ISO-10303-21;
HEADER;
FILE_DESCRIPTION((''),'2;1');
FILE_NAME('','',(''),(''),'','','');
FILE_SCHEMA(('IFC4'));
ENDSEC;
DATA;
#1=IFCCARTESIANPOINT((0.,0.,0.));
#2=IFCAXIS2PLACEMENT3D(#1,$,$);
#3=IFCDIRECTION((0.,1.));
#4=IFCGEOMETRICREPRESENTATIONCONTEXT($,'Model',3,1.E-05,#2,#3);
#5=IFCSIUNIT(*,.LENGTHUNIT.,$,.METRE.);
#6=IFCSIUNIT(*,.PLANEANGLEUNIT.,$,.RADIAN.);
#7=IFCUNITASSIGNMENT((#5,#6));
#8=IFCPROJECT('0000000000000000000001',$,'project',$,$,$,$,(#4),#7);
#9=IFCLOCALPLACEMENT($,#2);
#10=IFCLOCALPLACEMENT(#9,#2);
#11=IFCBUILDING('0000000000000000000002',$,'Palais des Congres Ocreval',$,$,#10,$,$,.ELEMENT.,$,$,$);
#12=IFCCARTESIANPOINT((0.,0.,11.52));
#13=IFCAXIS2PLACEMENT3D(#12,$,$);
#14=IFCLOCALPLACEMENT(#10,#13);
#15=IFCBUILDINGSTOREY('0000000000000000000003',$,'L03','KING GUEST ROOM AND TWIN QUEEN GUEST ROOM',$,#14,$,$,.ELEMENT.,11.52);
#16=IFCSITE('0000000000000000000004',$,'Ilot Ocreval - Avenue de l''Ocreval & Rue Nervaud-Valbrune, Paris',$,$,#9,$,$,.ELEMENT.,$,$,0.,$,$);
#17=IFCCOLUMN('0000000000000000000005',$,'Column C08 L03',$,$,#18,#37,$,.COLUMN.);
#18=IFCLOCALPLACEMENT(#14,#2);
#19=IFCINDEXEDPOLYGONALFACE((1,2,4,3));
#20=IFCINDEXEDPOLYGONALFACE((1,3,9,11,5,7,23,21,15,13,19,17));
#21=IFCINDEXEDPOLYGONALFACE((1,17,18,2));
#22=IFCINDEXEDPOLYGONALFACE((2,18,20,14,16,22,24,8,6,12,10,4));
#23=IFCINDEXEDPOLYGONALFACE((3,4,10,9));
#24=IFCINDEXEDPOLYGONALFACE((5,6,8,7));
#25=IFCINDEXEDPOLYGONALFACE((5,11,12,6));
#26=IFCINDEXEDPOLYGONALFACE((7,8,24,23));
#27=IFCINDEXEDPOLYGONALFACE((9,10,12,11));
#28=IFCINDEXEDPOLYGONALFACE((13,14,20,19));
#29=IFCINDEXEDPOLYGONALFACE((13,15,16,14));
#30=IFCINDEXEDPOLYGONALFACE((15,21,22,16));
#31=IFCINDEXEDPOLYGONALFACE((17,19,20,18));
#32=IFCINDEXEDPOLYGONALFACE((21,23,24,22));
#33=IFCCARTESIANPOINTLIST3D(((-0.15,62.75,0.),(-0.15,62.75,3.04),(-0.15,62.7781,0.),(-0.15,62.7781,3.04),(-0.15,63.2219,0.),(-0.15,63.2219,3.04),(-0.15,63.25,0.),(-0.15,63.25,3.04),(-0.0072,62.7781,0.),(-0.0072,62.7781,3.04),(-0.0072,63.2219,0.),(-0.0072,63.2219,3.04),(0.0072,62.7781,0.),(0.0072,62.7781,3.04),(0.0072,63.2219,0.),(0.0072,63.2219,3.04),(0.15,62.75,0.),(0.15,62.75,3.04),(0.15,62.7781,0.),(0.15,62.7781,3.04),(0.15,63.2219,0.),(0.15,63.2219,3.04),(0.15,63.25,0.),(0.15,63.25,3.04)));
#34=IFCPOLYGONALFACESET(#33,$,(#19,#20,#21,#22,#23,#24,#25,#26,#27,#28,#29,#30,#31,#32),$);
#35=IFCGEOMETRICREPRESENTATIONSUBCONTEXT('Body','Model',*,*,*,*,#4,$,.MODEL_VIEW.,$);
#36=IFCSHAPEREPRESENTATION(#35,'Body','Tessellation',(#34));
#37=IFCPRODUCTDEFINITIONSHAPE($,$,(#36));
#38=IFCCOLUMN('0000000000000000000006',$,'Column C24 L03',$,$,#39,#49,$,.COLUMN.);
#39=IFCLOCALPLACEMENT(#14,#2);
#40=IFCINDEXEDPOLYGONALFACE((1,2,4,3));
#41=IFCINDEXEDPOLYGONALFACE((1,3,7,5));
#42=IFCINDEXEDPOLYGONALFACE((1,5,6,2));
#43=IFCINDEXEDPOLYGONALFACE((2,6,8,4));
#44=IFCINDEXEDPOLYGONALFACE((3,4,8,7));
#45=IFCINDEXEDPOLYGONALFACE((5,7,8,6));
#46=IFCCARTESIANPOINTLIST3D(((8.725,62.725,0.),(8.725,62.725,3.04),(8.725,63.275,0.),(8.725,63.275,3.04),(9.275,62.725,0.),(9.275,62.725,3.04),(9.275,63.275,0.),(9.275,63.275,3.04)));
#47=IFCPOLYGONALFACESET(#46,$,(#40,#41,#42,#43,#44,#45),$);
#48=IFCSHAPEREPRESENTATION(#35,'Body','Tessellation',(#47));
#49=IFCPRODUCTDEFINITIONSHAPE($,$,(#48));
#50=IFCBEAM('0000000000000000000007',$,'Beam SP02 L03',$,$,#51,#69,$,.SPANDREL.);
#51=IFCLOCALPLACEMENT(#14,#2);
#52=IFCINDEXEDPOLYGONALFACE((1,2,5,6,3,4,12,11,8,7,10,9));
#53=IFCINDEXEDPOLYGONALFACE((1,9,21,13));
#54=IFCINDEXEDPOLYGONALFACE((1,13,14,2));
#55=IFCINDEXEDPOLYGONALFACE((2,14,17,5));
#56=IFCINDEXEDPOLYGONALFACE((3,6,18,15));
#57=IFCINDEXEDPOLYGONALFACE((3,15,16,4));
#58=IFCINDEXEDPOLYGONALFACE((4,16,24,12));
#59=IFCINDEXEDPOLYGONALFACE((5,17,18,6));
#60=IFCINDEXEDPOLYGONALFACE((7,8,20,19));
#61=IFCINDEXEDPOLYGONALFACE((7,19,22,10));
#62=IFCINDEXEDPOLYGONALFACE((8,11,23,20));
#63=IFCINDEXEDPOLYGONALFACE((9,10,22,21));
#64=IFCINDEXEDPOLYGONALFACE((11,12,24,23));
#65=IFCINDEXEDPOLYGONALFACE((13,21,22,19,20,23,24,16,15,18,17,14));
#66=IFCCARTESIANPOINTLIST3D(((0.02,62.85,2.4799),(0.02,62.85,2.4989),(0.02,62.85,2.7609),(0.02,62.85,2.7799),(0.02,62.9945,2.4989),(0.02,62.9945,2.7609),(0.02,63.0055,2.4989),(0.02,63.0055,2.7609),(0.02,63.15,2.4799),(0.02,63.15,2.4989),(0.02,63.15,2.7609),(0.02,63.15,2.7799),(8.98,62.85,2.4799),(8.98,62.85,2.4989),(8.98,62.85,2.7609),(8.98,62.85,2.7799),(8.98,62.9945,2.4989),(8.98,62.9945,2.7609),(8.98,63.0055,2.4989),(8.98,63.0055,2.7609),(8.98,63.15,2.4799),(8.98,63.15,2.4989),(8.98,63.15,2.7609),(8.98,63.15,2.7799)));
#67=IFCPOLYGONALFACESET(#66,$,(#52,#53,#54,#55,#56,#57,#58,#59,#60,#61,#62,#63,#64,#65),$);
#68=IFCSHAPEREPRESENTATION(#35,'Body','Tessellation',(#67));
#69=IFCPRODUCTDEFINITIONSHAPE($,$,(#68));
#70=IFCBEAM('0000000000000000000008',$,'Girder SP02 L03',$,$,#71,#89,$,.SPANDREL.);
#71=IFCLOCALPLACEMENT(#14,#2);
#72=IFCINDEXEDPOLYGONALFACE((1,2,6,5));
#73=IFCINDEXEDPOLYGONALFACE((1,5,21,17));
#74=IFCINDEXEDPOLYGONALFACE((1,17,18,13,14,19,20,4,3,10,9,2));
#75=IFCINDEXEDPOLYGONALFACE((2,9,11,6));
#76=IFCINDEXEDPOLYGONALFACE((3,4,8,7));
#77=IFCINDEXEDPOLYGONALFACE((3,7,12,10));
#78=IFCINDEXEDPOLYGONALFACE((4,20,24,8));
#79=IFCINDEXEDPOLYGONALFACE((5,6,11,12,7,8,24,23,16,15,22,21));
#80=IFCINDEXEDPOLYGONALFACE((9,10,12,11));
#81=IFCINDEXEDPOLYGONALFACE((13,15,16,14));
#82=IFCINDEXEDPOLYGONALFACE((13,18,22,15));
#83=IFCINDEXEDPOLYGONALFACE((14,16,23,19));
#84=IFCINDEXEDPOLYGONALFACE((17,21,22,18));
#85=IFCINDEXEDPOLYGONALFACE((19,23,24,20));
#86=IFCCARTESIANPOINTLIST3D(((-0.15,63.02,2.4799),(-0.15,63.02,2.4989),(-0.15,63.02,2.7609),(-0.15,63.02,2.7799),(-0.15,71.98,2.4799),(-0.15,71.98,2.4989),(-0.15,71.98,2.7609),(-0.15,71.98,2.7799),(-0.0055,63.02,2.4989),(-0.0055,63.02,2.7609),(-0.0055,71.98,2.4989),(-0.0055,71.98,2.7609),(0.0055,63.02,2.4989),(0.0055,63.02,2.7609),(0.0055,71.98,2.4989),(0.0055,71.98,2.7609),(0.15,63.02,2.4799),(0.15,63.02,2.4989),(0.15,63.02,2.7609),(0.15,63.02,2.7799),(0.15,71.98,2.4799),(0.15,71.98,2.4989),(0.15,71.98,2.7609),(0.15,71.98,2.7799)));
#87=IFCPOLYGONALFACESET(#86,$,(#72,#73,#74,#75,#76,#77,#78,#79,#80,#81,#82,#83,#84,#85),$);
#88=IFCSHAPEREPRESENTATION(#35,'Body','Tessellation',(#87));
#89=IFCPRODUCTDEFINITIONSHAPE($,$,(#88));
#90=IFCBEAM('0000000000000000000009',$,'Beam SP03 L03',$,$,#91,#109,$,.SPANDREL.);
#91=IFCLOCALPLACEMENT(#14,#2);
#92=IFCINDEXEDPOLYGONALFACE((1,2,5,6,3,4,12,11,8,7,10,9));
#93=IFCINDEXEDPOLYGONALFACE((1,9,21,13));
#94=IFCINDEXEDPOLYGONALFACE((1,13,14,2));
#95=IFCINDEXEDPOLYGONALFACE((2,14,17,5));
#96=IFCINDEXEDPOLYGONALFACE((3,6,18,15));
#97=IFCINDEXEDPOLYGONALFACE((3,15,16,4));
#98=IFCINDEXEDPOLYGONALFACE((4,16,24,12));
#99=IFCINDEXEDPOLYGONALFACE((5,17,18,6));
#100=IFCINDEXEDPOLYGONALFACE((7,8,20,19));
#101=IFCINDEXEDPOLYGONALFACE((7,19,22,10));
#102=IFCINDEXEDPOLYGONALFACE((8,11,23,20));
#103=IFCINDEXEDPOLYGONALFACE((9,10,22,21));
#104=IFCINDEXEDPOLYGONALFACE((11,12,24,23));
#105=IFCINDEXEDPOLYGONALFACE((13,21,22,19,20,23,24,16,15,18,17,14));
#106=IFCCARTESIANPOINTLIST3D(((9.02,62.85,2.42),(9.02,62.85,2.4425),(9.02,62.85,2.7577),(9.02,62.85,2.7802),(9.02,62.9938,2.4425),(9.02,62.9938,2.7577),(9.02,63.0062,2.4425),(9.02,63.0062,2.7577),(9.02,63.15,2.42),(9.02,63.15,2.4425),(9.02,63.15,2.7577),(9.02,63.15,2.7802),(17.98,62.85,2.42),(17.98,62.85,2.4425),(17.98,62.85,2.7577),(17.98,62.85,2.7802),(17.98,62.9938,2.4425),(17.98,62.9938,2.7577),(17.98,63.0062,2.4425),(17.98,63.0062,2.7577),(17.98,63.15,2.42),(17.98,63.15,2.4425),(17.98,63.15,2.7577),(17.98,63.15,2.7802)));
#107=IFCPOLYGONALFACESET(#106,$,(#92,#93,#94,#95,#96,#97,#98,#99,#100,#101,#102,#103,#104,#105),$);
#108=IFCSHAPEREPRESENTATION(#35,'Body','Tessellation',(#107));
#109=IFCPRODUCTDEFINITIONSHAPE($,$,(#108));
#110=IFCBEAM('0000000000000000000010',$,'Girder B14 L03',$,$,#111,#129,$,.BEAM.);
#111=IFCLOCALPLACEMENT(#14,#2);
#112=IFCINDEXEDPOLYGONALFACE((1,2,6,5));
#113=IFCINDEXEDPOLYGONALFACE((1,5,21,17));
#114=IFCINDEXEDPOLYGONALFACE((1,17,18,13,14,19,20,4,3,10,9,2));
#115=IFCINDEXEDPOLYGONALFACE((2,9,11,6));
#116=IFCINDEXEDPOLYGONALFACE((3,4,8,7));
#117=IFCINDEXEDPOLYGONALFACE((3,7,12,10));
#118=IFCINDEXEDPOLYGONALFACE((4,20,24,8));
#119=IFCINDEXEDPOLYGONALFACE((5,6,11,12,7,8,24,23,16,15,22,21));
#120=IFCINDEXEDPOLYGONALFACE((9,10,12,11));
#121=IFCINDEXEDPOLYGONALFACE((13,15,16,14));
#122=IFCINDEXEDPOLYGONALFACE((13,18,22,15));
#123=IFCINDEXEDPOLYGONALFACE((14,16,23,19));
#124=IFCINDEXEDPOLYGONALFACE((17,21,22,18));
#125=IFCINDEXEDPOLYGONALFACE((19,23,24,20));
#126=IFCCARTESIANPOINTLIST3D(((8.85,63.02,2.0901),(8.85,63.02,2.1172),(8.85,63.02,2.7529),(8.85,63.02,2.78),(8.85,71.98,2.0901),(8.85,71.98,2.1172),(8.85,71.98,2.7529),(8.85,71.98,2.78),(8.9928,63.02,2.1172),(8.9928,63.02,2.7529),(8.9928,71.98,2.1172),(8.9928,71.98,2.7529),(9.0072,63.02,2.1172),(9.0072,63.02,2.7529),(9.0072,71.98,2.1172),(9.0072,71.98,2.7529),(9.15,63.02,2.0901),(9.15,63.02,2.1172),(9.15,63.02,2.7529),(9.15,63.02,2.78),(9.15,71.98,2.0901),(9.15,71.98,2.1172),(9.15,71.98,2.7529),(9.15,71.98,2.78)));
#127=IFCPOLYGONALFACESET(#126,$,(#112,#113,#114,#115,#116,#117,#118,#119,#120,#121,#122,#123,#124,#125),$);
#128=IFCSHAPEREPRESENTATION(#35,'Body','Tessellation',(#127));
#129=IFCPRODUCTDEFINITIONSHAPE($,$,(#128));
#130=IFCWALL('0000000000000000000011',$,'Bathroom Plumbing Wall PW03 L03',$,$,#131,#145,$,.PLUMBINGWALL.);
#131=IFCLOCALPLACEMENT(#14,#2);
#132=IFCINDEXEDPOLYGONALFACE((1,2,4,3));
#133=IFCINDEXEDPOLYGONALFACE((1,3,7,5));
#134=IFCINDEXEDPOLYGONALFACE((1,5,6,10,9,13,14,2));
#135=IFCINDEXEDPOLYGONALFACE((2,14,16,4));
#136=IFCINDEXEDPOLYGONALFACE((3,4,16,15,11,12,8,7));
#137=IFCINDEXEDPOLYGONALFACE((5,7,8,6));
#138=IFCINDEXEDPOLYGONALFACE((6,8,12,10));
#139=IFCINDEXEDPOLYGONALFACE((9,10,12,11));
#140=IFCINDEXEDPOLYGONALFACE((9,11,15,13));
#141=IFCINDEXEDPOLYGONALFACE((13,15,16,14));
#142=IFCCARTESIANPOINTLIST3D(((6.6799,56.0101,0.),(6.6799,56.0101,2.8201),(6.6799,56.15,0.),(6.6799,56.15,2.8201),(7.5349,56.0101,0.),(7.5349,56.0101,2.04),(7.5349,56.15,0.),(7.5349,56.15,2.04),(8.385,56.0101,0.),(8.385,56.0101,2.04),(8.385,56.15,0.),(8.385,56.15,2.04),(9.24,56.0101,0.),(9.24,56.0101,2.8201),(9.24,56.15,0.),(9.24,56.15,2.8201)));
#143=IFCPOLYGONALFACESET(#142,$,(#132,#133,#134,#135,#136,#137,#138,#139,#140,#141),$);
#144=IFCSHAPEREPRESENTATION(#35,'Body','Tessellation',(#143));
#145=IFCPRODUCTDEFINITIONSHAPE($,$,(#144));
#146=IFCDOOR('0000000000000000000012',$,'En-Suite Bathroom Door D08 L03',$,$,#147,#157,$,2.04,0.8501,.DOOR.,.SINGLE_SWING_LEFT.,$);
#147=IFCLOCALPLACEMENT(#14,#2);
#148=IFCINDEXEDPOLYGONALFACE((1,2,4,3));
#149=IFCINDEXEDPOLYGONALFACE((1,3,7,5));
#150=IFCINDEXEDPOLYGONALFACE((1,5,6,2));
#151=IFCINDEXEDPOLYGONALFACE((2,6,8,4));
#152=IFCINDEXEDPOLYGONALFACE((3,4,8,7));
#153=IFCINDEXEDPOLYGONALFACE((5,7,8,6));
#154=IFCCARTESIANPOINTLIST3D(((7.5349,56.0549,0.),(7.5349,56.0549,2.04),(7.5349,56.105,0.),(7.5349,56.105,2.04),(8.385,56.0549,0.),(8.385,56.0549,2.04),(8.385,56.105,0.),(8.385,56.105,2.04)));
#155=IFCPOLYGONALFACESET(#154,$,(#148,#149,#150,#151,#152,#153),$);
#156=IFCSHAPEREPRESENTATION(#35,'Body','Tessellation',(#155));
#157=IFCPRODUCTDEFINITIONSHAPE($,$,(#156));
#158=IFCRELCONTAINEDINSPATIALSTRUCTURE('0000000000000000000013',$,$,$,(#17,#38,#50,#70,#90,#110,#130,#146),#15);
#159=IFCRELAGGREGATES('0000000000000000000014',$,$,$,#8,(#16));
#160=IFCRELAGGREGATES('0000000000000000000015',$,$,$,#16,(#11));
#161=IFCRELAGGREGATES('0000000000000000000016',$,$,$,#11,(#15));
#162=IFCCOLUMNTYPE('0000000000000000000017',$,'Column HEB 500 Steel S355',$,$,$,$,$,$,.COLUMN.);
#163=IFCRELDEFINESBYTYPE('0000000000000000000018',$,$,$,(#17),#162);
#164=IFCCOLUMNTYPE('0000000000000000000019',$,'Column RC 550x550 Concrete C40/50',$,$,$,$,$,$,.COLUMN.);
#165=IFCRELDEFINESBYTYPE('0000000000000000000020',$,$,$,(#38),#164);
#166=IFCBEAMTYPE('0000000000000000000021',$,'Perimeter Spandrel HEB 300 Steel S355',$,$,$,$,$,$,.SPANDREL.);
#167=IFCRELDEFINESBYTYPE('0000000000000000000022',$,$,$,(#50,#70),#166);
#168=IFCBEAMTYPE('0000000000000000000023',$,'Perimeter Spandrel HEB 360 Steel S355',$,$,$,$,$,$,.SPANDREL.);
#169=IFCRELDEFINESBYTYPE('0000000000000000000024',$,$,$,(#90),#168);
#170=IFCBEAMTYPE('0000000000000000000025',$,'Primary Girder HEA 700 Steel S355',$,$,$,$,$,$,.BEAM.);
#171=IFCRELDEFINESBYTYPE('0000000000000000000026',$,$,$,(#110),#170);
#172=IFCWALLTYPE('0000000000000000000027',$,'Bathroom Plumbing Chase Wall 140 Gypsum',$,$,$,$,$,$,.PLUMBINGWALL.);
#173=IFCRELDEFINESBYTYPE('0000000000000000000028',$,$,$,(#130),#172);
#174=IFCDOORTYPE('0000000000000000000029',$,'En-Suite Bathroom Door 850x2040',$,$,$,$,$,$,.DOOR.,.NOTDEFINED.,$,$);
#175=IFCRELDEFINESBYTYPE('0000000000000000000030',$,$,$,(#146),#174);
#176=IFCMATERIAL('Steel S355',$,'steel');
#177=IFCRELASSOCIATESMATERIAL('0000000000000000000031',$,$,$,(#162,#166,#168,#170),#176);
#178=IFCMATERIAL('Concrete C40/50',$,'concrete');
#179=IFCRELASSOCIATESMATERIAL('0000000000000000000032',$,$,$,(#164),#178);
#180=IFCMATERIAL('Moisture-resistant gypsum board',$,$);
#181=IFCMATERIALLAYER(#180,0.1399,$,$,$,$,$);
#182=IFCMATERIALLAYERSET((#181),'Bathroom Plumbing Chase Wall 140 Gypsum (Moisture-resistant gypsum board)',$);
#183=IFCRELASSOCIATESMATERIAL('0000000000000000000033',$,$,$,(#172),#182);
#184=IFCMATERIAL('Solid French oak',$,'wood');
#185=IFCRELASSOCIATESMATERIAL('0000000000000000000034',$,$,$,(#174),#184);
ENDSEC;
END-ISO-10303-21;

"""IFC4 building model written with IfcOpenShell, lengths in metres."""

from ifc_helpers import new_model, si_unit, direction, frame, frame_2d, origin, origin_2d, place, context, subcontext, project, spatial, rectangle, i_section, extrude, material, layer, layer_set, material_profile, profile_set, type_object, element, fill, save


model = new_model("IFC4")

# Units and contexts
model_context = context("Model", 3, precision=1e-05, world=origin(), true_north=direction((0.0, 1.0)))
body_context = subcontext(model_context, "Body", "Model", "MODEL_VIEW")
ifc_project = project(units=[si_unit("LENGTHUNIT", "METRE"), si_unit("PLANEANGLEUNIT", "RADIAN")], contexts=[model_context])

# Site, building, storey
site_placement = place(None, origin())
site = spatial("IfcSite", under=ifc_project, at=site_placement, Name="Ilot Ocreval - Avenue de l'Ocreval & Rue Nervaud-Valbrune, Paris", CompositionType="ELEMENT", RefElevation=0.0)
building_placement = place(site_placement, origin())
building = spatial("IfcBuilding", under=site, at=building_placement, Name="Palais des Congres Ocreval", CompositionType="ELEMENT")
storey_placement = place(building_placement, frame((0.0, 0.0, 11.52)))
storey = spatial("IfcBuildingStorey", under=building, at=storey_placement, Name="L03", Description="KING GUEST ROOM AND TWIN QUEEN GUEST ROOM", CompositionType="ELEMENT", Elevation=11.52)

# Columns
ifc_material_1 = material(Name="Steel S355", Category="steel")
ifc_material_profile_1 = material_profile(ifc_material_1, i_section(OverallWidth=0.3, OverallDepth=0.5, WebThickness=0.0144, FlangeThickness=0.0281, at=origin_2d()), Name="HEB 500")
ifc_profile_set_1 = profile_set([ifc_material_profile_1], Name="Steel S355")
column_type_1 = type_object("IfcColumnType", Name="Column HEB 500 Steel S355", PredefinedType="COLUMN", material=ifc_profile_set_1)
column_1_placement = place(storey_placement, frame((0.0, 63.0, 0.0), z_axis=(0.0, 0.0, 1.0), x_axis=(1.0, 0.0, 0.0)))
element("IfcColumn", 1, at=column_1_placement, inside=storey, type_object=column_type_1, Name="Column C08 L03", PredefinedType="COLUMN", context=body_context, shape_type="SweptSolid", body=[
    extrude(i_section(OverallWidth=0.3, OverallDepth=0.5, WebThickness=0.0144, FlangeThickness=0.0281, at=origin_2d()), origin(), (0.0, 0.0, 1.0), 3.04),
])
ifc_material_2 = material(Name="Concrete C40/50", Category="concrete")
ifc_material_profile_2 = material_profile(ifc_material_2, rectangle(XDim=0.55, YDim=0.55, at=origin_2d()), Name="RC 550x550")
ifc_profile_set_2 = profile_set([ifc_material_profile_2], Name="Concrete C40/50")
column_type_2 = type_object("IfcColumnType", Name="Column RC 550x550 Concrete C40/50", PredefinedType="COLUMN", material=ifc_profile_set_2)
column_2_placement = place(storey_placement, frame((9.0, 63.0, 0.0), z_axis=(0.0, 0.0, 1.0), x_axis=(1.0, 0.0, 0.0)))
element("IfcColumn", 2, at=column_2_placement, inside=storey, type_object=column_type_2, Name="Column C24 L03", PredefinedType="COLUMN", context=body_context, shape_type="SweptSolid", body=[
    extrude(rectangle(XDim=0.55, YDim=0.55, at=origin_2d()), origin(), (0.0, 0.0, 1.0), 3.04),
])

# Beams
ifc_material_profile_3 = material_profile(ifc_material_1, i_section(OverallWidth=0.3, OverallDepth=0.3, WebThickness=0.011, FlangeThickness=0.019, at=origin_2d()), Name="HEB 300")
ifc_profile_set_3 = profile_set([ifc_material_profile_3], Name="Steel S355")
beam_type_1 = type_object("IfcBeamType", Name="Perimeter Spandrel HEB 300 Steel S355", PredefinedType="SPANDREL", material=ifc_profile_set_3)
for number, where, z_axis, x_axis, name in (
    (3, (0.02, 63.0, 2.6299), (1.0, 0.0, 0.0), (0.0, 1.0, 0.0), "Beam SP02 L03"),
    (4, (0.0, 63.02, 2.6299), (0.0, 1.0, 0.0), (-1.0, 0.0, 0.0), "Girder SP02 L03"),
):
    element("IfcBeam", number, at=place(storey_placement, frame(where, z_axis=z_axis, x_axis=x_axis)), inside=storey, type_object=beam_type_1, Name=name, PredefinedType="SPANDREL", context=body_context, shape_type="SweptSolid", body=[
        extrude(i_section(OverallWidth=0.3, OverallDepth=0.3, WebThickness=0.011, FlangeThickness=0.019, at=origin_2d()), origin(), (0.0, 0.0, 1.0), 8.96),
    ])
ifc_material_profile_4 = material_profile(ifc_material_1, i_section(OverallWidth=0.3, OverallDepth=0.3601, WebThickness=0.0125, FlangeThickness=0.0225, at=origin_2d()), Name="HEB 360")
ifc_profile_set_4 = profile_set([ifc_material_profile_4], Name="Steel S355")
beam_type_2 = type_object("IfcBeamType", Name="Perimeter Spandrel HEB 360 Steel S355", PredefinedType="SPANDREL", material=ifc_profile_set_4)
beam_1_placement = place(storey_placement, frame((9.02, 63.0, 2.6001), z_axis=(1.0, 0.0, 0.0), x_axis=(0.0, 1.0, 0.0)))
element("IfcBeam", 5, at=beam_1_placement, inside=storey, type_object=beam_type_2, Name="Beam SP03 L03", PredefinedType="SPANDREL", context=body_context, shape_type="SweptSolid", body=[
    extrude(i_section(OverallWidth=0.3, OverallDepth=0.3601, WebThickness=0.0125, FlangeThickness=0.0225, at=origin_2d()), origin(), (0.0, 0.0, 1.0), 8.96),
])
ifc_material_profile_5 = material_profile(ifc_material_1, i_section(OverallWidth=0.3, OverallDepth=0.6899, WebThickness=0.0144, FlangeThickness=0.0271, at=origin_2d()), Name="HEA 700")
ifc_profile_set_5 = profile_set([ifc_material_profile_5], Name="Steel S355")
beam_type_3 = type_object("IfcBeamType", Name="Primary Girder HEA 700 Steel S355", PredefinedType="BEAM", material=ifc_profile_set_5)
beam_2_placement = place(storey_placement, frame((9.0, 63.02, 2.4351), z_axis=(0.0, 1.0, 0.0), x_axis=(-1.0, 0.0, 0.0)))
element("IfcBeam", 6, at=beam_2_placement, inside=storey, type_object=beam_type_3, Name="Girder B14 L03", PredefinedType="BEAM", context=body_context, shape_type="SweptSolid", body=[
    extrude(i_section(OverallWidth=0.3, OverallDepth=0.6899, WebThickness=0.0144, FlangeThickness=0.0271, at=origin_2d()), origin(), (0.0, 0.0, 1.0), 8.96),
])

# Wall, opening, door
ifc_material_3 = material(Name="Moisture-resistant gypsum board")
ifc_layer_1 = layer(ifc_material_3, 0.1399)
ifc_layer_set_1 = layer_set([ifc_layer_1], Name="Bathroom Plumbing Chase Wall 140 Gypsum (Moisture-resistant gypsum board)")
wall_type_1 = type_object("IfcWallType", Name="Bathroom Plumbing Chase Wall 140 Gypsum", PredefinedType="PLUMBINGWALL", material=ifc_layer_set_1)
wall_1_placement = place(storey_placement, frame((6.6799, 56.0801, 0.0), z_axis=(0.0, 0.0, 1.0), x_axis=(1.0, 0.0, 0.0)))
wall_1 = element("IfcWall", 7, at=wall_1_placement, inside=storey, type_object=wall_type_1, Name="Bathroom Plumbing Wall PW03 L03", PredefinedType="PLUMBINGWALL", context=body_context, shape_type="SweptSolid", body=[
    extrude(rectangle(XDim=2.5601, YDim=0.1399, at=frame_2d((1.28, 0.0))), origin(), (0.0, 0.0, 1.0), 2.8201),
])
opening_1_placement = place(wall_1_placement, frame((0.855, 0.0, 0.0)))
opening_1 = element("IfcOpeningElement", 8, at=opening_1_placement, cuts=wall_1, PredefinedType="OPENING", context=body_context, shape_type="SweptSolid", body=[
    extrude(rectangle(XDim=0.8501, YDim=2.04, at=frame_2d((0.425, 1.02))), frame((0.0, 0.0798, 0.0), z_axis=(0.0, -1.0, 0.0), x_axis=(1.0, 0.0, 0.0)), (0.0, 0.0, 1.0), 0.1599),
])
ifc_material_4 = material(Name="Solid French oak", Category="wood")
door_type_1 = type_object("IfcDoorType", Name="En-Suite Bathroom Door 850x2040", OperationType="NOTDEFINED", PredefinedType="DOOR", material=ifc_material_4)
door_1_placement = place(opening_1_placement, origin())
door_1 = element("IfcDoor", 9, at=door_1_placement, inside=storey, type_object=door_type_1, Name="En-Suite Bathroom Door D08 L03", OperationType="SINGLE_SWING_LEFT", OverallHeight=2.04, OverallWidth=0.8501, PredefinedType="DOOR", context=body_context, shape_type="SweptSolid", body=[
    extrude(rectangle(XDim=0.8501, YDim=2.04, at=frame_2d((0.425, 1.02))), frame((0.0, 0.0249, 0.0), z_axis=(0.0, -1.0, 0.0), x_axis=(1.0, 0.0, 0.0)), (0.0, 0.0, 1.0), 0.05),
])
fill(opening_1, door_1)

save(model, "model.ifc")
